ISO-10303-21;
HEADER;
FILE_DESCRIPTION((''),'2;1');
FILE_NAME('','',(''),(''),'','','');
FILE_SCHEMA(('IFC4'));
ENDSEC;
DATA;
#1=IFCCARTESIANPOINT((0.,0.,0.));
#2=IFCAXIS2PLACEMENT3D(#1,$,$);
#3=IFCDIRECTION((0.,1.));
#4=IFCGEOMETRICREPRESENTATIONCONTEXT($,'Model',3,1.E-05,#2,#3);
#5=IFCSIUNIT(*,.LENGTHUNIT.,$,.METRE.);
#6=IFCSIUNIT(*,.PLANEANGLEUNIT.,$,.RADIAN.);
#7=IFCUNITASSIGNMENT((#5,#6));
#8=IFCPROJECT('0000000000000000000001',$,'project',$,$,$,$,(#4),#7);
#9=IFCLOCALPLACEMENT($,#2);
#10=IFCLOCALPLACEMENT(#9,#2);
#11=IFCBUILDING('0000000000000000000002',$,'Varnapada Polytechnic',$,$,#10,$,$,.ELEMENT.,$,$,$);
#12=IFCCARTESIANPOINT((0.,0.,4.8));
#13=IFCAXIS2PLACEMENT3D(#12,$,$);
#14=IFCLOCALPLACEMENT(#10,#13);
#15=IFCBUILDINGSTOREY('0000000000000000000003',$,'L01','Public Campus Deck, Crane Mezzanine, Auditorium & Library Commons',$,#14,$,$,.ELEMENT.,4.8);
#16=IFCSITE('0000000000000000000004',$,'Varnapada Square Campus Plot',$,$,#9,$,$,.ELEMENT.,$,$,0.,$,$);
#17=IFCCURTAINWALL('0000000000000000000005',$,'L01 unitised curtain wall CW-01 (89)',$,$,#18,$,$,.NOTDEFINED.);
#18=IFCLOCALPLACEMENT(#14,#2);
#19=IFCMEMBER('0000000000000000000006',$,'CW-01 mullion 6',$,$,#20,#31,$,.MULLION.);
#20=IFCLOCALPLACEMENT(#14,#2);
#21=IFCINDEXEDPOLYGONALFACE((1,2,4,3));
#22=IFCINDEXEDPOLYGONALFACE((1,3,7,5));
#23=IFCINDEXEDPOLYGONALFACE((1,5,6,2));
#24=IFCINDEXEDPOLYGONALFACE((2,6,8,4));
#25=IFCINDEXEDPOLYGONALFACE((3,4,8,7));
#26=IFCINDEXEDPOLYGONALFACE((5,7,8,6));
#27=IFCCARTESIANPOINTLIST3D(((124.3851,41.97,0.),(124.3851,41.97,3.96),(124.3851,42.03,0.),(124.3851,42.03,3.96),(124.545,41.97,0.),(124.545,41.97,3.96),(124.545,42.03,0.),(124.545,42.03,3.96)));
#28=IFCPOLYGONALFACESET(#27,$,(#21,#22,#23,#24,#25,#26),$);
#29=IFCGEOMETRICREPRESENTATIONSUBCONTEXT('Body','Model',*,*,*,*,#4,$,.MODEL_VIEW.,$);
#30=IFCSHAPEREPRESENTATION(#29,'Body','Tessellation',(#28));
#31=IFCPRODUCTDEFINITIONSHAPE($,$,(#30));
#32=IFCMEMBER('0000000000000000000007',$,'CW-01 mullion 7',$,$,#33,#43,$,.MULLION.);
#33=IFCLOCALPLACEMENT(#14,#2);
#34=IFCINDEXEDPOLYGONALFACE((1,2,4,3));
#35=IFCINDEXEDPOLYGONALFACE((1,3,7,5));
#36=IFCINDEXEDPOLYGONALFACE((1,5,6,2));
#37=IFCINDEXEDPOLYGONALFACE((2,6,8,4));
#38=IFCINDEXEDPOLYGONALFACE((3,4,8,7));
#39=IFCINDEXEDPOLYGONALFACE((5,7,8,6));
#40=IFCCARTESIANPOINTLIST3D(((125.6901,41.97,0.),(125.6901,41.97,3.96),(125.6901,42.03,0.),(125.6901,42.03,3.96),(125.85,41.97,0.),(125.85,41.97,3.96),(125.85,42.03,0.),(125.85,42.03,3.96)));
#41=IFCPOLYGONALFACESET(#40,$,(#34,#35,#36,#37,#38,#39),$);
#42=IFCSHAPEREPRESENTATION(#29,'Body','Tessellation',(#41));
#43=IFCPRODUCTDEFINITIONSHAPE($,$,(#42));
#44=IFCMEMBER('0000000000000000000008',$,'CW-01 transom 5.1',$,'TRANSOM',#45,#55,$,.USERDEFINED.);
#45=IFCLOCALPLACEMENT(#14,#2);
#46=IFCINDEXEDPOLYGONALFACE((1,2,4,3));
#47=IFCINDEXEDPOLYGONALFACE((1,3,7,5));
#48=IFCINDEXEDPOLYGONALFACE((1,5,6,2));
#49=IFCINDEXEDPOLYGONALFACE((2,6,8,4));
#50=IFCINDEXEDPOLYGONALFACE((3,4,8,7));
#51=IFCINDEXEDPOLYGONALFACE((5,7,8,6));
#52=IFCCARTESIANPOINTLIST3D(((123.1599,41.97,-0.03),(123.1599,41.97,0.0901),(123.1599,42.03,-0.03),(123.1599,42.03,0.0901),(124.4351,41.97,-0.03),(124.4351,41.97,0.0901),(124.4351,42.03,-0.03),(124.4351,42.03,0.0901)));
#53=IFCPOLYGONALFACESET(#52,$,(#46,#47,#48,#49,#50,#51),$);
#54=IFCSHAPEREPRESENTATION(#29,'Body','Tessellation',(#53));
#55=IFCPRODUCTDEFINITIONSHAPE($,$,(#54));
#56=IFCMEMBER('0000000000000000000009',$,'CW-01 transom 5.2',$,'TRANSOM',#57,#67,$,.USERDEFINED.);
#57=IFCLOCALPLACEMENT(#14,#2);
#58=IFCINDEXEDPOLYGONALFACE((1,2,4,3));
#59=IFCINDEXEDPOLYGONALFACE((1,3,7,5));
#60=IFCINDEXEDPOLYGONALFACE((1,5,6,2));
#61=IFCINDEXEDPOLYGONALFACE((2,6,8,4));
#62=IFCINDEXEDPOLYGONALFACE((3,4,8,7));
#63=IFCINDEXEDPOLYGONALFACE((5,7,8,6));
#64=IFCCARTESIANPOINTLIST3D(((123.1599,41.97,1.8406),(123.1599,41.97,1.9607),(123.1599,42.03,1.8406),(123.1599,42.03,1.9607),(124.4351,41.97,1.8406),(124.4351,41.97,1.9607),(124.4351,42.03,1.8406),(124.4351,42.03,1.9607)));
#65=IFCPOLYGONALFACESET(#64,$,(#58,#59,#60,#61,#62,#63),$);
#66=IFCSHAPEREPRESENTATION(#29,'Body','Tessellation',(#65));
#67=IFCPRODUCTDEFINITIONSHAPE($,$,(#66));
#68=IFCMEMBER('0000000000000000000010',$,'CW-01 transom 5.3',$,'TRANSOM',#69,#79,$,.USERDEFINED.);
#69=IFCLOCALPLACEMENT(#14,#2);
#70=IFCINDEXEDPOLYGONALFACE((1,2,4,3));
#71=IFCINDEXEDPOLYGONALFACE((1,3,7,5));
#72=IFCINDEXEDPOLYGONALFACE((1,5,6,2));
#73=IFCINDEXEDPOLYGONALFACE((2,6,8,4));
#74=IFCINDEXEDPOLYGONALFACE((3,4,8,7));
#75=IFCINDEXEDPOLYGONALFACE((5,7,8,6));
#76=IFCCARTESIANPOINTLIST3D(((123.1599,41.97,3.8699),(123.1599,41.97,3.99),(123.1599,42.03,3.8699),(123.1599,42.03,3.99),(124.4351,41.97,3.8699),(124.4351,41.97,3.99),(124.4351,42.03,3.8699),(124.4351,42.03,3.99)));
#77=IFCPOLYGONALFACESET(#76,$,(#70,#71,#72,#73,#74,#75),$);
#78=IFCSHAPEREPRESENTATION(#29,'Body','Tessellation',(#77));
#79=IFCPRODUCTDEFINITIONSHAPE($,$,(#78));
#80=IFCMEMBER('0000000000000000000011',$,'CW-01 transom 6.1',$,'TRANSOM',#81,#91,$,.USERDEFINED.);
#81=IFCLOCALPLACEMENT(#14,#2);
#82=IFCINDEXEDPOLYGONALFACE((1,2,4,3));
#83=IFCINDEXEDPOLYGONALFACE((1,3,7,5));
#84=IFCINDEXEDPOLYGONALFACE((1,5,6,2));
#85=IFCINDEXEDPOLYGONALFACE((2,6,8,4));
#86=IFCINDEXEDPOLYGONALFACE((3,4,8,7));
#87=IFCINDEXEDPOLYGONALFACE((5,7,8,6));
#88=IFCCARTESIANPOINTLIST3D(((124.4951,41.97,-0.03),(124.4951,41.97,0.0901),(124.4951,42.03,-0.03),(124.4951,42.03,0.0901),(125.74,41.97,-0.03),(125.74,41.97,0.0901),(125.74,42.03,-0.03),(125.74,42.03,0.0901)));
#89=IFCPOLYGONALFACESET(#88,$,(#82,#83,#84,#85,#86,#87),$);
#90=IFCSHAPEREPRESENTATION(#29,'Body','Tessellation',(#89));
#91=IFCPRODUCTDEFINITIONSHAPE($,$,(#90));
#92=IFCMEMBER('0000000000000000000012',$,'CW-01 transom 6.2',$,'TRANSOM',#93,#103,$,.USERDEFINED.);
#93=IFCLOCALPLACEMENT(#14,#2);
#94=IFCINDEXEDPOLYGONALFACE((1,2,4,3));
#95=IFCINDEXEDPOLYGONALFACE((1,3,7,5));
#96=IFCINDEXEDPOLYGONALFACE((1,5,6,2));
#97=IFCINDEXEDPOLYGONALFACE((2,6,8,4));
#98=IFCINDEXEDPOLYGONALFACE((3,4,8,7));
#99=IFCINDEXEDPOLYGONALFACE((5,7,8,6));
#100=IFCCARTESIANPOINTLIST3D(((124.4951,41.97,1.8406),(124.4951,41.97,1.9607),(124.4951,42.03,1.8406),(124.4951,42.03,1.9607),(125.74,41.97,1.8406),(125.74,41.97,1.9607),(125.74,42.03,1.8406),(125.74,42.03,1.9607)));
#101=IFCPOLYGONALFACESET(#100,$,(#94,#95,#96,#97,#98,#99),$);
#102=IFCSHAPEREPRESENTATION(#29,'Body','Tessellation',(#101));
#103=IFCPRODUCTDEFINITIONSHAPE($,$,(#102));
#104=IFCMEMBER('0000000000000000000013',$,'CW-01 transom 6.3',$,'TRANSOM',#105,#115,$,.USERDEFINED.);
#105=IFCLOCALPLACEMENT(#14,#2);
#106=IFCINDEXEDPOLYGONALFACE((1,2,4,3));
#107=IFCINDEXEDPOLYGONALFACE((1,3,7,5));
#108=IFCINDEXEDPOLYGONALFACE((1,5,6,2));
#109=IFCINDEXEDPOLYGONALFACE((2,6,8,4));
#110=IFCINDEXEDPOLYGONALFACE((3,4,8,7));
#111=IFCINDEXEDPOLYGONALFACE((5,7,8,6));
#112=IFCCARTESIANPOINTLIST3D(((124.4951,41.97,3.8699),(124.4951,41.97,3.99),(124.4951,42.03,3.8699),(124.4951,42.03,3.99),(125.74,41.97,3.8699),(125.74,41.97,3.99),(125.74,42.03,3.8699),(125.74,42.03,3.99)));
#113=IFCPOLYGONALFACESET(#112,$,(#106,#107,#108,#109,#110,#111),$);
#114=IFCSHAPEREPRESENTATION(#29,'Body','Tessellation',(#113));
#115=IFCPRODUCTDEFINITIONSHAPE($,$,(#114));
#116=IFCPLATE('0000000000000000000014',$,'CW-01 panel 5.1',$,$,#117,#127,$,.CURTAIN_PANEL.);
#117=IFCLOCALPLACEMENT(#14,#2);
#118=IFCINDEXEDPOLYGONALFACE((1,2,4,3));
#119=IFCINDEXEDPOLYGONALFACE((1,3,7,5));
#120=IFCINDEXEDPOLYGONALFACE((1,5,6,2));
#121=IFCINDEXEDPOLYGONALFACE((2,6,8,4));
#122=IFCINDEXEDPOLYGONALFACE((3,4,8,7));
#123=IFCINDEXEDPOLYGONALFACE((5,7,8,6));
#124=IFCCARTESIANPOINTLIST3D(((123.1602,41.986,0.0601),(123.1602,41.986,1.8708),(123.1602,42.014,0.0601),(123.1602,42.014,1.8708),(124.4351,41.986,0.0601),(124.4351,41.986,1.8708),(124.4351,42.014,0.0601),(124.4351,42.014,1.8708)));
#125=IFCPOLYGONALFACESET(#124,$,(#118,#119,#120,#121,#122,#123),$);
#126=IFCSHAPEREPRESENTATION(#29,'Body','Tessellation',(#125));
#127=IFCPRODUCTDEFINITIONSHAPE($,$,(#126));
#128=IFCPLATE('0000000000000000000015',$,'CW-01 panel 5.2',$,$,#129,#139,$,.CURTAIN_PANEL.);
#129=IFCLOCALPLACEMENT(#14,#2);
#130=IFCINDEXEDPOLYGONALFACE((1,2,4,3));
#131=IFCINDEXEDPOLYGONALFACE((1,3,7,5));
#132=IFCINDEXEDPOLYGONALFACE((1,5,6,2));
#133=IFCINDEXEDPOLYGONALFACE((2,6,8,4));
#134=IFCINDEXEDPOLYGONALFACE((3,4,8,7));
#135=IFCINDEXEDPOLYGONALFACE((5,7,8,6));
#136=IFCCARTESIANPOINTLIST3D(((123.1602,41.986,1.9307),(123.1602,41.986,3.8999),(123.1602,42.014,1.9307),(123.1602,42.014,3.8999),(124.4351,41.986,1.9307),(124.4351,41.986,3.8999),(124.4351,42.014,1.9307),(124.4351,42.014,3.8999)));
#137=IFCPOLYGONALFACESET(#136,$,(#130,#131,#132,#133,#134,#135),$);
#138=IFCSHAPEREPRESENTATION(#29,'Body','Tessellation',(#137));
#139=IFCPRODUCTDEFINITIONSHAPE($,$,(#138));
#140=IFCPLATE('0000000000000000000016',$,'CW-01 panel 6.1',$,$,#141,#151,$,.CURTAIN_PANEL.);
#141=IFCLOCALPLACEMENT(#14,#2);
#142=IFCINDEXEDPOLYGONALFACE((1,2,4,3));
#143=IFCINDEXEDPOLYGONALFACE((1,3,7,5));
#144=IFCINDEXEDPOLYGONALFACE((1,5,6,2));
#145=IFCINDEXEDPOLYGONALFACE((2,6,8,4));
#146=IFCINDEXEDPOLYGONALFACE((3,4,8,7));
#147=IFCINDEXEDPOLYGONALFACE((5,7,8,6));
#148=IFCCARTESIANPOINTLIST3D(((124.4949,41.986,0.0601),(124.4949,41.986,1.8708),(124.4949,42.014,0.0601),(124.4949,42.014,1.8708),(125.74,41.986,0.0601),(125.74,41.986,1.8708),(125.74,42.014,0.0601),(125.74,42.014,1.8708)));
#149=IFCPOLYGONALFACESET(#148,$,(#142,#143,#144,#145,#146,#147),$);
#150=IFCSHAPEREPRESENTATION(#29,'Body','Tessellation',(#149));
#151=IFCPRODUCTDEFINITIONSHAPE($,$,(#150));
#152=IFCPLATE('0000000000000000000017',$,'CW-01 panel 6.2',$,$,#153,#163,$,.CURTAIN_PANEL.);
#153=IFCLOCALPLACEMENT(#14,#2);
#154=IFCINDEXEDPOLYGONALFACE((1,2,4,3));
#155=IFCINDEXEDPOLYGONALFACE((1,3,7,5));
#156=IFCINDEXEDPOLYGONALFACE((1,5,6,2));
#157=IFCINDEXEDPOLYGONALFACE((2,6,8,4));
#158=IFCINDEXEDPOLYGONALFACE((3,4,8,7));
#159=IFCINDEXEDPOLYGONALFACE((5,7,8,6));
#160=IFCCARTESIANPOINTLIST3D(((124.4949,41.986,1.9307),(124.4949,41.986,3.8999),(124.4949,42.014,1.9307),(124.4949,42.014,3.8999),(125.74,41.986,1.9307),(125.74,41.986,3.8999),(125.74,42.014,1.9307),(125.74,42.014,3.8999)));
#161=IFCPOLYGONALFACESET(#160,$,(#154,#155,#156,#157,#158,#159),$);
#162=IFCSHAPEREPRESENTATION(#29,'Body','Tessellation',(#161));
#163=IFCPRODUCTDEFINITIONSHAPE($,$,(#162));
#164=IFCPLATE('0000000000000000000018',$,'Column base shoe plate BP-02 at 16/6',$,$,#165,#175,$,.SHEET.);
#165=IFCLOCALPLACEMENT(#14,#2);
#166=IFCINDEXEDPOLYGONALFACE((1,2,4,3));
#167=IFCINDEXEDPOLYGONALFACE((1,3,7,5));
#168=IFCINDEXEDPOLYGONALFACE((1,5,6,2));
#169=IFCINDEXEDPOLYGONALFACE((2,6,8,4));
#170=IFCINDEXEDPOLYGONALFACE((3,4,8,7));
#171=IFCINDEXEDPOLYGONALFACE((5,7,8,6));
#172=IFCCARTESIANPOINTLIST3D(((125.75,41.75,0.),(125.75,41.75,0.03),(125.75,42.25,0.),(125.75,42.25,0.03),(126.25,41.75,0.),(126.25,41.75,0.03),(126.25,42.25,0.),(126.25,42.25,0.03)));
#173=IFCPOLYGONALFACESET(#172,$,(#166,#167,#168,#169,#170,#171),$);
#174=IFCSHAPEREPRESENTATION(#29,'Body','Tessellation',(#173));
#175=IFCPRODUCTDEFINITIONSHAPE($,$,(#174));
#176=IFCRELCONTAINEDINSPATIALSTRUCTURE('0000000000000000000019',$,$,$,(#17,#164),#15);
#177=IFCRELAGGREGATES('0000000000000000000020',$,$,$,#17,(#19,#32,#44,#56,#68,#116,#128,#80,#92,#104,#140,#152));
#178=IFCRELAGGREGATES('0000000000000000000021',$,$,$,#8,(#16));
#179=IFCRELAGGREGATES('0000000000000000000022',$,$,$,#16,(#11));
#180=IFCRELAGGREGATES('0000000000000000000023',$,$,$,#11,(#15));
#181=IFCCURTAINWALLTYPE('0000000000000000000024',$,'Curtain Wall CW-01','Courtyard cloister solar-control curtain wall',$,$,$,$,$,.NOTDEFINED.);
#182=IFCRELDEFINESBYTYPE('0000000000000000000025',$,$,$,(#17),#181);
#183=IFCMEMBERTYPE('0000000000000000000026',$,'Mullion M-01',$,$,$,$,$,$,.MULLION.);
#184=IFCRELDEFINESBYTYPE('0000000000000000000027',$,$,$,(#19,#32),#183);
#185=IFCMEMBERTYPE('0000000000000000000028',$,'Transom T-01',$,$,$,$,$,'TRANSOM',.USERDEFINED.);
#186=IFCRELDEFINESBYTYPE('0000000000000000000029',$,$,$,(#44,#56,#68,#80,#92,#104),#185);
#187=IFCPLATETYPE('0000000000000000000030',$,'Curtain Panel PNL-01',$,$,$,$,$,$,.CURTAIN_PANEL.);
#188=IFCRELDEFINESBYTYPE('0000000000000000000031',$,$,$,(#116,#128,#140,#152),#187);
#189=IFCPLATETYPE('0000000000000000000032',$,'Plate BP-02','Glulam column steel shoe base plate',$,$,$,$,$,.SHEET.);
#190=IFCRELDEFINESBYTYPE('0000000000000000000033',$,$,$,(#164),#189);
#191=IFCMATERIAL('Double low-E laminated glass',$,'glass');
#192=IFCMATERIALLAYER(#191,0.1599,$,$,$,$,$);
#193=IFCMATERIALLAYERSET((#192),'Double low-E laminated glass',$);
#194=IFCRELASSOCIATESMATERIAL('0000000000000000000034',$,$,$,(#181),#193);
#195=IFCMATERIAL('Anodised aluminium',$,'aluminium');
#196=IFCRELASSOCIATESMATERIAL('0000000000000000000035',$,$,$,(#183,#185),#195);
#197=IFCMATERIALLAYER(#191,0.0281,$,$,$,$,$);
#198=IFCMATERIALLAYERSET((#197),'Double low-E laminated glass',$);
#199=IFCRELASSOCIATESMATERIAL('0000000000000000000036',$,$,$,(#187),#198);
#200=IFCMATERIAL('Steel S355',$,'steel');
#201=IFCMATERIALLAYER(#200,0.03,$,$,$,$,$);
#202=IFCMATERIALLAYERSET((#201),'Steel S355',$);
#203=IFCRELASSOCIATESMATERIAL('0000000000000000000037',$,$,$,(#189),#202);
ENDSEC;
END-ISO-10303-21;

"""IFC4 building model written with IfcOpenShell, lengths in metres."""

from ifc_helpers import new_model, si_unit, direction, frame, origin, origin_2d, place, context, subcontext, project, spatial, rectangle, extrude, material, layer, layer_set, material_profile, profile_set, type_object, element, aggregate, save


model = new_model("IFC4")

# Units and contexts
model_context = context("Model", 3, precision=1e-05, world=origin(), true_north=direction((0.0, 1.0)))
body_context = subcontext(model_context, "Body", "Model", "MODEL_VIEW")
ifc_project = project(units=[si_unit("LENGTHUNIT", "METRE"), si_unit("PLANEANGLEUNIT", "RADIAN")], contexts=[model_context])

# Site, building, storey
site_placement = place(None, origin())
site = spatial("IfcSite", under=ifc_project, at=site_placement, Name="Varnapada Square Campus Plot", CompositionType="ELEMENT", RefElevation=0.0)
building_placement = place(site_placement, origin())
building = spatial("IfcBuilding", under=site, at=building_placement, Name="Varnapada Polytechnic", CompositionType="ELEMENT")
storey_placement = place(building_placement, frame((0.0, 0.0, 4.8)))
storey = spatial("IfcBuildingStorey", under=building, at=storey_placement, Name="L01", Description="Public Campus Deck, Crane Mezzanine, Auditorium & Library Commons", CompositionType="ELEMENT", Elevation=4.8)

# Curtain wall, members, plates
ifc_material_1 = material(Name="Double low-E laminated glass", Category="glass")
ifc_layer_1 = layer(ifc_material_1, 0.1599)
ifc_layer_set_1 = layer_set([ifc_layer_1], Name="Double low-E laminated glass")
curtain_wall_type = type_object("IfcCurtainWallType", Name="Curtain Wall CW-01", Description="Courtyard cloister solar-control curtain wall", PredefinedType="NOTDEFINED", material=ifc_layer_set_1)
curtain_wall_placement = place(storey_placement, origin())
curtain_wall = element("IfcCurtainWall", 1, at=curtain_wall_placement, inside=storey, type_object=curtain_wall_type, Name="L01 unitised curtain wall CW-01 (89)", PredefinedType="NOTDEFINED")
ifc_material_2 = material(Name="Anodised aluminium", Category="aluminium")
ifc_material_profile_1 = material_profile(ifc_material_2, rectangle(XDim=0.0601, YDim=0.1599, at=origin_2d()), Name="ALU M60x160")
ifc_profile_set_1 = profile_set([ifc_material_profile_1], Name="Anodised aluminium")
member_type_1 = type_object("IfcMemberType", Name="Mullion M-01", PredefinedType="MULLION", material=ifc_profile_set_1)
member_1_placement = place(storey_placement, frame((124.4651, 42.0, 0.0), z_axis=(0.0, 0.0, 1.0), x_axis=(0.0, 1.0, 0.0)))
member_1 = element("IfcMember", 2, at=member_1_placement, type_object=member_type_1, Name="CW-01 mullion 6", PredefinedType="MULLION", context=body_context, shape_type="SweptSolid", body=[
    extrude(rectangle(XDim=0.0601, YDim=0.1599, at=origin_2d()), origin(), (0.0, 0.0, 1.0), 3.96),
])
member_2_placement = place(storey_placement, frame((125.77, 42.0, 0.0), z_axis=(0.0, 0.0, 1.0), x_axis=(0.0, 1.0, 0.0)))
member_2 = element("IfcMember", 3, at=member_2_placement, type_object=member_type_1, Name="CW-01 mullion 7", PredefinedType="MULLION", context=body_context, shape_type="SweptSolid", body=[
    extrude(rectangle(XDim=0.0601, YDim=0.1599, at=origin_2d()), origin(), (0.0, 0.0, 1.0), 3.96),
])
ifc_material_profile_2 = material_profile(ifc_material_2, rectangle(XDim=0.0601, YDim=0.1201, at=origin_2d()), Name="ALU T60x120")
ifc_profile_set_2 = profile_set([ifc_material_profile_2], Name="Anodised aluminium")
member_type_2 = type_object("IfcMemberType", Name="Transom T-01", ElementType="TRANSOM", PredefinedType="USERDEFINED", material=ifc_profile_set_2)
member_3_placement = place(storey_placement, frame((123.1599, 42.0, 0.03), z_axis=(1.0, 0.0, 0.0), x_axis=(0.0, 1.0, 0.0)))
member_3 = element("IfcMember", 4, at=member_3_placement, type_object=member_type_2, Name="CW-01 transom 5.1", ObjectType="TRANSOM", PredefinedType="USERDEFINED", context=body_context, shape_type="SweptSolid", body=[
    extrude(rectangle(XDim=0.0601, YDim=0.1201, at=origin_2d()), origin(), (0.0, 0.0, 1.0), 1.2751),
])
member_4_placement = place(storey_placement, frame((123.1599, 42.0, 1.9006), z_axis=(1.0, 0.0, 0.0), x_axis=(0.0, 1.0, 0.0)))
member_4 = element("IfcMember", 5, at=member_4_placement, type_object=member_type_2, Name="CW-01 transom 5.2", ObjectType="TRANSOM", PredefinedType="USERDEFINED", context=body_context, shape_type="SweptSolid", body=[
    extrude(rectangle(XDim=0.0601, YDim=0.1201, at=origin_2d()), origin(), (0.0, 0.0, 1.0), 1.2751),
])
member_5_placement = place(storey_placement, frame((123.1599, 42.0, 3.9299), z_axis=(1.0, 0.0, 0.0), x_axis=(0.0, 1.0, 0.0)))
member_5 = element("IfcMember", 6, at=member_5_placement, type_object=member_type_2, Name="CW-01 transom 5.3", ObjectType="TRANSOM", PredefinedType="USERDEFINED", context=body_context, shape_type="SweptSolid", body=[
    extrude(rectangle(XDim=0.0601, YDim=0.1201, at=origin_2d()), origin(), (0.0, 0.0, 1.0), 1.2751),
])
member_6_placement = place(storey_placement, frame((124.4951, 42.0, 0.03), z_axis=(1.0, 0.0, 0.0), x_axis=(0.0, 1.0, 0.0)))
member_6 = element("IfcMember", 7, at=member_6_placement, type_object=member_type_2, Name="CW-01 transom 6.1", ObjectType="TRANSOM", PredefinedType="USERDEFINED", context=body_context, shape_type="SweptSolid", body=[
    extrude(rectangle(XDim=0.0601, YDim=0.1201, at=origin_2d()), origin(), (0.0, 0.0, 1.0), 1.2449),
])
member_7_placement = place(storey_placement, frame((124.4951, 42.0, 1.9006), z_axis=(1.0, 0.0, 0.0), x_axis=(0.0, 1.0, 0.0)))
member_7 = element("IfcMember", 8, at=member_7_placement, type_object=member_type_2, Name="CW-01 transom 6.2", ObjectType="TRANSOM", PredefinedType="USERDEFINED", context=body_context, shape_type="SweptSolid", body=[
    extrude(rectangle(XDim=0.0601, YDim=0.1201, at=origin_2d()), origin(), (0.0, 0.0, 1.0), 1.2449),
])
member_8_placement = place(storey_placement, frame((124.4951, 42.0, 3.9299), z_axis=(1.0, 0.0, 0.0), x_axis=(0.0, 1.0, 0.0)))
member_8 = element("IfcMember", 9, at=member_8_placement, type_object=member_type_2, Name="CW-01 transom 6.3", ObjectType="TRANSOM", PredefinedType="USERDEFINED", context=body_context, shape_type="SweptSolid", body=[
    extrude(rectangle(XDim=0.0601, YDim=0.1201, at=origin_2d()), origin(), (0.0, 0.0, 1.0), 1.2449),
])
ifc_layer_2 = layer(ifc_material_1, 0.0281)
ifc_layer_set_2 = layer_set([ifc_layer_2], Name="Double low-E laminated glass")
plate_type_1 = type_object("IfcPlateType", Name="Curtain Panel PNL-01", PredefinedType="CURTAIN_PANEL", material=ifc_layer_set_2)
plate_1_placement = place(storey_placement, frame((123.7976, 42.0, 0.0601), z_axis=(0.0, 0.0, 1.0), x_axis=(1.0, 0.0, 0.0)))
plate_1 = element("IfcPlate", 10, at=plate_1_placement, type_object=plate_type_1, Name="CW-01 panel 5.1", PredefinedType="CURTAIN_PANEL", context=body_context, shape_type="SweptSolid", body=[
    extrude(rectangle(XDim=1.2749, YDim=0.0281, at=origin_2d()), origin(), (0.0, 0.0, 1.0), 1.8108),
])
plate_2_placement = place(storey_placement, frame((123.7976, 42.0, 1.9307), z_axis=(0.0, 0.0, 1.0), x_axis=(1.0, 0.0, 0.0)))
plate_2 = element("IfcPlate", 11, at=plate_2_placement, type_object=plate_type_1, Name="CW-01 panel 5.2", PredefinedType="CURTAIN_PANEL", context=body_context, shape_type="SweptSolid", body=[
    extrude(rectangle(XDim=1.2749, YDim=0.0281, at=origin_2d()), origin(), (0.0, 0.0, 1.0), 1.9692),
])
plate_3_placement = place(storey_placement, frame((125.1174, 42.0, 0.0601), z_axis=(0.0, 0.0, 1.0), x_axis=(1.0, 0.0, 0.0)))
plate_3 = element("IfcPlate", 12, at=plate_3_placement, type_object=plate_type_1, Name="CW-01 panel 6.1", PredefinedType="CURTAIN_PANEL", context=body_context, shape_type="SweptSolid", body=[
    extrude(rectangle(XDim=1.2451, YDim=0.0281, at=origin_2d()), origin(), (0.0, 0.0, 1.0), 1.8108),
])
plate_4_placement = place(storey_placement, frame((125.1174, 42.0, 1.9307), z_axis=(0.0, 0.0, 1.0), x_axis=(1.0, 0.0, 0.0)))
plate_4 = element("IfcPlate", 13, at=plate_4_placement, type_object=plate_type_1, Name="CW-01 panel 6.2", PredefinedType="CURTAIN_PANEL", context=body_context, shape_type="SweptSolid", body=[
    extrude(rectangle(XDim=1.2451, YDim=0.0281, at=origin_2d()), origin(), (0.0, 0.0, 1.0), 1.9692),
])
aggregate(curtain_wall, [member_1, member_2, member_3, member_4, member_5, plate_1, plate_2, member_6, member_7, member_8, plate_3, plate_4])

# Plate
ifc_material_3 = material(Name="Steel S355", Category="steel")
ifc_layer_3 = layer(ifc_material_3, 0.03)
ifc_layer_set_3 = layer_set([ifc_layer_3], Name="Steel S355")
plate_type_2 = type_object("IfcPlateType", Name="Plate BP-02", Description="Glulam column steel shoe base plate", PredefinedType="SHEET", material=ifc_layer_set_3)
plate_5_placement = place(storey_placement, frame((126.0, 42.0, 0.0), z_axis=(0.0, 0.0, 1.0), x_axis=(1.0, 0.0, 0.0)))
element("IfcPlate", 14, at=plate_5_placement, inside=storey, type_object=plate_type_2, Name="Column base shoe plate BP-02 at 16/6", PredefinedType="SHEET", context=body_context, shape_type="SweptSolid", body=[
    extrude(rectangle(XDim=0.5, YDim=0.5, at=origin_2d()), origin(), (0.0, 0.0, 1.0), 0.03),
])

save(model, "model.ifc")
